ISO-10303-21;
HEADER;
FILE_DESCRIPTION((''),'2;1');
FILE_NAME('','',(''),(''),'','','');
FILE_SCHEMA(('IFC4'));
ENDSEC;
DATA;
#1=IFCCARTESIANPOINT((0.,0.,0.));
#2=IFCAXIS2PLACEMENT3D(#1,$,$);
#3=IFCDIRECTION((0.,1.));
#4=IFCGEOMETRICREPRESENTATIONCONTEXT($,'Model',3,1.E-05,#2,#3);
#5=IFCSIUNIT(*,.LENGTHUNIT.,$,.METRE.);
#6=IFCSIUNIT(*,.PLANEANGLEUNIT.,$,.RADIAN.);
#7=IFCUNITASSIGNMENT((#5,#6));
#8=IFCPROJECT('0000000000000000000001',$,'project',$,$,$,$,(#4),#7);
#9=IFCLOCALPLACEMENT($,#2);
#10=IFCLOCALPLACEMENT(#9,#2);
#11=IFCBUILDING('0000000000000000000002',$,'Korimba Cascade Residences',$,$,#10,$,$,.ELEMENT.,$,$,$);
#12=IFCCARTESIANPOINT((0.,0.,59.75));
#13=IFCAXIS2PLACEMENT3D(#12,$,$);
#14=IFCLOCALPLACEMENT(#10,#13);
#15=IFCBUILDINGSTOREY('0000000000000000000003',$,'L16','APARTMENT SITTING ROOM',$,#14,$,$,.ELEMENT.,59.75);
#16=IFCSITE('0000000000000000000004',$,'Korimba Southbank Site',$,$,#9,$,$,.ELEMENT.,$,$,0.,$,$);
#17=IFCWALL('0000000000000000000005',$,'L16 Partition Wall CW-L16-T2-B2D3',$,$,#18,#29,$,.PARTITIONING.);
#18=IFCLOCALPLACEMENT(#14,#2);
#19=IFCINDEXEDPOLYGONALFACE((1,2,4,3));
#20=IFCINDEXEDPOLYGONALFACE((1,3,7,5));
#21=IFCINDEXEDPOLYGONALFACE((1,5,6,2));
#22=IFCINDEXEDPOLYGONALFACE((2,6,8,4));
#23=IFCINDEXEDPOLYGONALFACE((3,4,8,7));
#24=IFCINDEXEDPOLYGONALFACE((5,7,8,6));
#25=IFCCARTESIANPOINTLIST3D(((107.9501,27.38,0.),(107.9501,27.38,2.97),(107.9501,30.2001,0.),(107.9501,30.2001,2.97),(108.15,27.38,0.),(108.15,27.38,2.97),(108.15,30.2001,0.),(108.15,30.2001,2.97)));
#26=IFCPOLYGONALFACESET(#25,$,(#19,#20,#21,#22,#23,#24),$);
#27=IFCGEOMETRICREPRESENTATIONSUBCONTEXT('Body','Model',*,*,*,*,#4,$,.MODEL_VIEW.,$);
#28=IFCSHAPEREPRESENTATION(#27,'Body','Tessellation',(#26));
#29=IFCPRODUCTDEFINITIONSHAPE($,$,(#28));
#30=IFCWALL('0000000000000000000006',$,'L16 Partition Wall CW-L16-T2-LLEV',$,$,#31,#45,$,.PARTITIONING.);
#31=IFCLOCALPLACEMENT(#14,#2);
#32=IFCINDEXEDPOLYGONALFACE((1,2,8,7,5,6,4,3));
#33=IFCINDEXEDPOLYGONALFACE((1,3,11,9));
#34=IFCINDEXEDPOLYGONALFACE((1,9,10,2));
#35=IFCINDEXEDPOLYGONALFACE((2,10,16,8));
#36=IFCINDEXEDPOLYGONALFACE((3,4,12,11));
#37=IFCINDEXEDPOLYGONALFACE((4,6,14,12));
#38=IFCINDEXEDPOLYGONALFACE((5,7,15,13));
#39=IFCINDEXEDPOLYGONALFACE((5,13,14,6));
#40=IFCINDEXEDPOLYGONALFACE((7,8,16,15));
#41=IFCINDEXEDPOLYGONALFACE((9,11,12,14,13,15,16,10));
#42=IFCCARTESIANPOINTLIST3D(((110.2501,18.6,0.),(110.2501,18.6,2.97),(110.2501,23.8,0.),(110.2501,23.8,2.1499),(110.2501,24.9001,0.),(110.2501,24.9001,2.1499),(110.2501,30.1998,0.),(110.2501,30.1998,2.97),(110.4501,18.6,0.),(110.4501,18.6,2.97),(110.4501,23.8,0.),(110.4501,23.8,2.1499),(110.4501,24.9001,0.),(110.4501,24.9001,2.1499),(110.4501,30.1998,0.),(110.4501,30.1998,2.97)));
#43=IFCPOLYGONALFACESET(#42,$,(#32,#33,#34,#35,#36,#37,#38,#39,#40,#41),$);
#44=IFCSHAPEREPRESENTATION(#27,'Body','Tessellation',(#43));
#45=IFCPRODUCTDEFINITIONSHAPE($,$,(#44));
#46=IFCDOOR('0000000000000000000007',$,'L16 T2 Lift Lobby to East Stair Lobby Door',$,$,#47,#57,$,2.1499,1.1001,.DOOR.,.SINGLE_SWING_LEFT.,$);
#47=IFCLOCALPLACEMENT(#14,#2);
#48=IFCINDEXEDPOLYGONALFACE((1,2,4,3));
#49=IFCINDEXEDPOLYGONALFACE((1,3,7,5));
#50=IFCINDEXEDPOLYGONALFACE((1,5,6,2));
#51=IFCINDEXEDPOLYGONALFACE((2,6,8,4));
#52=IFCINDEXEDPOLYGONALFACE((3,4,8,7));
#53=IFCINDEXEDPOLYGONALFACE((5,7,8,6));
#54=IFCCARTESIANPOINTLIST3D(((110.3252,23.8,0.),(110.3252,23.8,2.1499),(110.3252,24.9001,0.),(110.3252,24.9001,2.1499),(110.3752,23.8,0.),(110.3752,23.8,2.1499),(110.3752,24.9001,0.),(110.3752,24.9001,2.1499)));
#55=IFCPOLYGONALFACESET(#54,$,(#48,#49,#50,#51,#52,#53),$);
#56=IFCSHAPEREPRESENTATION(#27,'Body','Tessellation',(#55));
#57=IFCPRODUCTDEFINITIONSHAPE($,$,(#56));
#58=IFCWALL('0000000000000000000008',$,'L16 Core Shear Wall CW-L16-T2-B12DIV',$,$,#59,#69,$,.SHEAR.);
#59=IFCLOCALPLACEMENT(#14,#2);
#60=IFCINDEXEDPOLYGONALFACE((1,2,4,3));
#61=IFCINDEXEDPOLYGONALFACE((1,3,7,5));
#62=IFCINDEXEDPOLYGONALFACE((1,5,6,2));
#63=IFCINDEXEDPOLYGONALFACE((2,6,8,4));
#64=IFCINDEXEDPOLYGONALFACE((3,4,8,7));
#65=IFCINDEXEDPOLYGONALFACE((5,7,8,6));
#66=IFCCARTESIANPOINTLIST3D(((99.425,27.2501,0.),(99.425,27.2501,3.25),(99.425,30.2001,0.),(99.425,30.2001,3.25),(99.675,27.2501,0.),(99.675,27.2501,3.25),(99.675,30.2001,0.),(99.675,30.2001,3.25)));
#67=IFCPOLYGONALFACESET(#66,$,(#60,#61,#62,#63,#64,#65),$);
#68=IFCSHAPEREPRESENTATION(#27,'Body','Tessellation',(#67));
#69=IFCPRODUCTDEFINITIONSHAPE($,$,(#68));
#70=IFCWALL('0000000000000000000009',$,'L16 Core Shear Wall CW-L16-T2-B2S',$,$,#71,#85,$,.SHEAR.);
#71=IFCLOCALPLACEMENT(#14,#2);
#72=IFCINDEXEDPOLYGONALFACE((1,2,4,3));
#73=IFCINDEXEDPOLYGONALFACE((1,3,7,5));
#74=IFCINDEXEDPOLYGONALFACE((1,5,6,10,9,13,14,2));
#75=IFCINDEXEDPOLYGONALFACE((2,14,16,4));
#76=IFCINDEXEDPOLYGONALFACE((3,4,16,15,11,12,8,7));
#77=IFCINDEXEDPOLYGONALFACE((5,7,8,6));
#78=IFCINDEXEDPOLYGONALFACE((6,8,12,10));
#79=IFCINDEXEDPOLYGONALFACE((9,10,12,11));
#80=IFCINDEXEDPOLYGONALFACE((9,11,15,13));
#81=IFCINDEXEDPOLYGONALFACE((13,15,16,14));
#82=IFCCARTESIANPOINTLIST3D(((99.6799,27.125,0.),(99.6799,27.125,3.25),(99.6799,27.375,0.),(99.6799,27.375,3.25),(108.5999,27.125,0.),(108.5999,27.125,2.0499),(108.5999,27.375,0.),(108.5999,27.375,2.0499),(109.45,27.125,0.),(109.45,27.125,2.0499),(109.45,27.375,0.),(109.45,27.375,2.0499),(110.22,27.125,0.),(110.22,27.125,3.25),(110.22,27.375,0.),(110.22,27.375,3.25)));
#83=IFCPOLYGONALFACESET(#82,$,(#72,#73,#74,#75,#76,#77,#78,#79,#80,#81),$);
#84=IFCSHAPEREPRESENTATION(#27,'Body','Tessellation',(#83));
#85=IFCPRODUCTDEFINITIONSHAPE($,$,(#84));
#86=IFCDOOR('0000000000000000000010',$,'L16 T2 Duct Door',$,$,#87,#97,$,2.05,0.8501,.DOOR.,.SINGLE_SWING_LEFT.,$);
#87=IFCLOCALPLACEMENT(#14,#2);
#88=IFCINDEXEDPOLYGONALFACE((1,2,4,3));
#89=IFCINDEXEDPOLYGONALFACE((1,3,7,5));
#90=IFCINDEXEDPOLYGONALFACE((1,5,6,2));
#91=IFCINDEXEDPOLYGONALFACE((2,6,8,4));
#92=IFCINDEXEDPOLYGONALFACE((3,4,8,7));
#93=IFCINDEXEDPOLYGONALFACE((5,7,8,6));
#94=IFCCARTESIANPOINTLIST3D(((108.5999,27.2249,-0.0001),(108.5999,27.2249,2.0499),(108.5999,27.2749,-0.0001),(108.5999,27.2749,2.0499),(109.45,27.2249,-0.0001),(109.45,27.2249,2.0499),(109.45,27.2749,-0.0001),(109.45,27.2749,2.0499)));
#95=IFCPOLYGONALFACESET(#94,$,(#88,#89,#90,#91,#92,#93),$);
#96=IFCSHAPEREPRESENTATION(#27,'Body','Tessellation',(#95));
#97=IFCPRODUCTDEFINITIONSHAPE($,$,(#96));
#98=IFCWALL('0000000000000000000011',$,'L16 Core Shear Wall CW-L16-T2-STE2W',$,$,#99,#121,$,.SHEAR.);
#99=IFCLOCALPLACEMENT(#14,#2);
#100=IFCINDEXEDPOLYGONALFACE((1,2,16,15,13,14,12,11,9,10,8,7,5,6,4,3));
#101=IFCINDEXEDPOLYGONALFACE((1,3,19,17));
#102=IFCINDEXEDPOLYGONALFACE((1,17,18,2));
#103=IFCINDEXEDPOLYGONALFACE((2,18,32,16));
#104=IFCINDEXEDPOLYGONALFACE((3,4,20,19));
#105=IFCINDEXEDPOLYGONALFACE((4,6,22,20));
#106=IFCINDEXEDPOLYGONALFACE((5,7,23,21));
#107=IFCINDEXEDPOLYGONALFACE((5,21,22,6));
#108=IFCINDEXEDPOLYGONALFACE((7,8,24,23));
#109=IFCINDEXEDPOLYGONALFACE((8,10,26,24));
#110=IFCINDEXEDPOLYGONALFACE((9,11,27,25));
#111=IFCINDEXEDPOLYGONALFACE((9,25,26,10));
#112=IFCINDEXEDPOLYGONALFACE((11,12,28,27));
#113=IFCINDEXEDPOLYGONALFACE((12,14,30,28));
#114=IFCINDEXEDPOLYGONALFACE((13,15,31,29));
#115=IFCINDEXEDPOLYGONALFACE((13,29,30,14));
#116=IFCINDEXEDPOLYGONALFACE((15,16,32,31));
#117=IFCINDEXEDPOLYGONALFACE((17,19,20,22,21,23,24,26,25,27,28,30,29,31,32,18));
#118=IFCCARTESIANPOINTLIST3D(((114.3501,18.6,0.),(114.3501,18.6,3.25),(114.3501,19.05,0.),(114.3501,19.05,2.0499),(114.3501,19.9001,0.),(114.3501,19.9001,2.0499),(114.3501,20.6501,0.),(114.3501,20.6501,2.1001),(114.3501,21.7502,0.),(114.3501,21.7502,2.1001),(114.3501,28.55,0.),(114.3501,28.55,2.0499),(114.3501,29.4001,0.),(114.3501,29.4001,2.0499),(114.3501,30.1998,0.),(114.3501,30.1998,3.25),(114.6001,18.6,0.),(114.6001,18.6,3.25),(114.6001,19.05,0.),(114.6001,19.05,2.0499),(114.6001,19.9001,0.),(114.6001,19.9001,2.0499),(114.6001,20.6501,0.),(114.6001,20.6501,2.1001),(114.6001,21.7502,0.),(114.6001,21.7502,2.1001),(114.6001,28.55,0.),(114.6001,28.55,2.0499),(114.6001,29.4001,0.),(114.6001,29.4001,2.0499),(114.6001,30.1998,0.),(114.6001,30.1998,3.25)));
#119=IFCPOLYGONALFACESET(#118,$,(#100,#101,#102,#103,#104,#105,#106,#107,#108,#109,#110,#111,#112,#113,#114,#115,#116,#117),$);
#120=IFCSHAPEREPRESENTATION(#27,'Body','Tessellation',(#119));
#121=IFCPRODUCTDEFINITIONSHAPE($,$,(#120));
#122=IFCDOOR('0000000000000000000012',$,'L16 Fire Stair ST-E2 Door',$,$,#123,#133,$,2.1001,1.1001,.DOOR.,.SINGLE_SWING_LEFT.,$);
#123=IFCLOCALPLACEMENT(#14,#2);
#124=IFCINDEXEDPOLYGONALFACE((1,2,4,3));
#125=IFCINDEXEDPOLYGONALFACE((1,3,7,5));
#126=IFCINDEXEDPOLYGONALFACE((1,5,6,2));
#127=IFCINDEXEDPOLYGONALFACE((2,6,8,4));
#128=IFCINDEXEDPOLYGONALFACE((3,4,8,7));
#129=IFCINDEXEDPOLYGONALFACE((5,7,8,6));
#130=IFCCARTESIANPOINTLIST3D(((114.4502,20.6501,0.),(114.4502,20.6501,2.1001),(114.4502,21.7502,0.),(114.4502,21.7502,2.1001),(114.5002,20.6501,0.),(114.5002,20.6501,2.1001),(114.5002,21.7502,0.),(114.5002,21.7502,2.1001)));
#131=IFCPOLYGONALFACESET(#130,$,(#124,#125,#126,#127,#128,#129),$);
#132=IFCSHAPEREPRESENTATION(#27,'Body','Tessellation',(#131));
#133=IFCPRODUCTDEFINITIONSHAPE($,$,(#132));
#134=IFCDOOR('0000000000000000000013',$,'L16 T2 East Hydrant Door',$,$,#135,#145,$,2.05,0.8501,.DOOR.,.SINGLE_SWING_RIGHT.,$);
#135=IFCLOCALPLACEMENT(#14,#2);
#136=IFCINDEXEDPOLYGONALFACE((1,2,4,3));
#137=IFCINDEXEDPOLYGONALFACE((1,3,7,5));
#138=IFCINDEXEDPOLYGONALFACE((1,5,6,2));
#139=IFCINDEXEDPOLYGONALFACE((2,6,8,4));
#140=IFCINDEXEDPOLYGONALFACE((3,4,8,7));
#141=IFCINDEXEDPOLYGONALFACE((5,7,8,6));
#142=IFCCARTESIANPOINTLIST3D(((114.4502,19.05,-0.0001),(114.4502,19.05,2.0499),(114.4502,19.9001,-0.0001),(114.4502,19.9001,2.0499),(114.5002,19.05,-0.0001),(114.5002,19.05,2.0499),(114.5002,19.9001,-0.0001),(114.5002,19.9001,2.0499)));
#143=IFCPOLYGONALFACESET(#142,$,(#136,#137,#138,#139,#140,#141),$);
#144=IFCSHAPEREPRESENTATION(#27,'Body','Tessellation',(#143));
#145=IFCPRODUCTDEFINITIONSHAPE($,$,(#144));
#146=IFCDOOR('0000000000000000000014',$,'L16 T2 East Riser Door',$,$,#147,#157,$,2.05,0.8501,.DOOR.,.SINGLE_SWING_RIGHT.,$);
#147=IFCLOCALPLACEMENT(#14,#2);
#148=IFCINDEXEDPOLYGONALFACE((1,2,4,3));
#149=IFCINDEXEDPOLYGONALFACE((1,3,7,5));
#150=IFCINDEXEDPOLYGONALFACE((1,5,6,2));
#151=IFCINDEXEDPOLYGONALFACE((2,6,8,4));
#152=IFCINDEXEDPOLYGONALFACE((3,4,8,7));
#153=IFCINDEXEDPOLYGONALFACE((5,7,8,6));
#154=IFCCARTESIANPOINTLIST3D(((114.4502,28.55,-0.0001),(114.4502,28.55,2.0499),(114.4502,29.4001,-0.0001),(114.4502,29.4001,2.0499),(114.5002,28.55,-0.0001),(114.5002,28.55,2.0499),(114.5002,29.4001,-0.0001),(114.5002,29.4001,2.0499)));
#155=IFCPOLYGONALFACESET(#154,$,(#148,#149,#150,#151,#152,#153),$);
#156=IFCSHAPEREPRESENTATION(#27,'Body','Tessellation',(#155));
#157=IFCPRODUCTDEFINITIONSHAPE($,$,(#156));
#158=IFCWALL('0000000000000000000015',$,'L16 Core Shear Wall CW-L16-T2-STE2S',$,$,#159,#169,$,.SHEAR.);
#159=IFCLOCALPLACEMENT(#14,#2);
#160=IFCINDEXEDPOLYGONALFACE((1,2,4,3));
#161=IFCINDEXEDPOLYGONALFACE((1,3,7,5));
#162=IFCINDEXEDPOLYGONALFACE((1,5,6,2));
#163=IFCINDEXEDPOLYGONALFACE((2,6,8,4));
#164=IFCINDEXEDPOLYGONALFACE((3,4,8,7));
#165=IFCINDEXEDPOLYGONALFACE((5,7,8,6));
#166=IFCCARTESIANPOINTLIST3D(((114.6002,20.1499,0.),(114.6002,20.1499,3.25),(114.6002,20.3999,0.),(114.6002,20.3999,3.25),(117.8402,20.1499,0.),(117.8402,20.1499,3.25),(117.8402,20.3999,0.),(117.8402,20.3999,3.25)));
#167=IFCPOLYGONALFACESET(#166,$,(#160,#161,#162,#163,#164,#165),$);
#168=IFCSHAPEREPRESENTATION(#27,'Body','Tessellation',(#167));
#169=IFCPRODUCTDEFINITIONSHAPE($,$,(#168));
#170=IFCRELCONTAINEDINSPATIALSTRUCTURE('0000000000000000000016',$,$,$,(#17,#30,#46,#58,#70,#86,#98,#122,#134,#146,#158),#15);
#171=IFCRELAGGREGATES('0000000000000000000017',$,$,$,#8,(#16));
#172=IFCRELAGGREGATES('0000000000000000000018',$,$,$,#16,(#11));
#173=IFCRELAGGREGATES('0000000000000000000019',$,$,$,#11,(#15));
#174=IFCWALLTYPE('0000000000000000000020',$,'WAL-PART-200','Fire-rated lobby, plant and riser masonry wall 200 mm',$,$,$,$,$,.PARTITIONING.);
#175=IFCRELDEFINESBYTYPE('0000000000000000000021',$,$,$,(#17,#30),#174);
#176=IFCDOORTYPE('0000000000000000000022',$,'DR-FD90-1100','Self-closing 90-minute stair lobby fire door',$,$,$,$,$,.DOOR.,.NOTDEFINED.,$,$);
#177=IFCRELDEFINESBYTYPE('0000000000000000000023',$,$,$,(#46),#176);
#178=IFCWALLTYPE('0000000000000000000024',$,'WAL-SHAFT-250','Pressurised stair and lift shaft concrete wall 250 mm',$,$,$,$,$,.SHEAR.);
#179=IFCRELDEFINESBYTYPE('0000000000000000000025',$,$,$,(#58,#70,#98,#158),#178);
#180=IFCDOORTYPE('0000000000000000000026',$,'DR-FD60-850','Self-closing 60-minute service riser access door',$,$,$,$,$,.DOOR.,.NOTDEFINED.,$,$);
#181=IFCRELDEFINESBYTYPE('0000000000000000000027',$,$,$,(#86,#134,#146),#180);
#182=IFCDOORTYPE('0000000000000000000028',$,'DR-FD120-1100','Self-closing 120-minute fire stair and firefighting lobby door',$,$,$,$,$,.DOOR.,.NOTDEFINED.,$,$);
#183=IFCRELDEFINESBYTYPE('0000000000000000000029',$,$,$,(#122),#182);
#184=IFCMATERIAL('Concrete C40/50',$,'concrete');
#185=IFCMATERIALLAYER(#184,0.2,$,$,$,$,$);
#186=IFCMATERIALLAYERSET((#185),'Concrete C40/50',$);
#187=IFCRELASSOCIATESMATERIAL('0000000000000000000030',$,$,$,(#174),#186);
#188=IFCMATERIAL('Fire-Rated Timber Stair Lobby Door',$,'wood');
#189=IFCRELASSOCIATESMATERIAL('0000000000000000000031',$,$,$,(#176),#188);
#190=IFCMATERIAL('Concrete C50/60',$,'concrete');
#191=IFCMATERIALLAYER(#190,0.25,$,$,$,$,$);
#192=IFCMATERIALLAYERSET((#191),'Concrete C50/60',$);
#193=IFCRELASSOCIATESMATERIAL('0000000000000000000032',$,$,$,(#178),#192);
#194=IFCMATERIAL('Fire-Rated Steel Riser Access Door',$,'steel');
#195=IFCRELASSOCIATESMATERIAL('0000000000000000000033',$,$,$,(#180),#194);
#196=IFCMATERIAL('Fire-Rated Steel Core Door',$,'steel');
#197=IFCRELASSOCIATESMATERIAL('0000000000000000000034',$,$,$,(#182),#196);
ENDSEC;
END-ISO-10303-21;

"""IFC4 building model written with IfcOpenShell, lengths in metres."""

from ifc_helpers import new_model, si_unit, direction, frame, frame_2d, origin, place, context, subcontext, project, spatial, rectangle, extrude, material, layer, layer_set, type_object, element, fill, save


model = new_model("IFC4")

# Units and contexts
model_context = context("Model", 3, precision=1e-05, world=origin(), true_north=direction((0.0, 1.0)))
body_context = subcontext(model_context, "Body", "Model", "MODEL_VIEW")
ifc_project = project(units=[si_unit("LENGTHUNIT", "METRE"), si_unit("PLANEANGLEUNIT", "RADIAN")], contexts=[model_context])

# Site, building, storey
site_placement = place(None, origin())
site = spatial("IfcSite", under=ifc_project, at=site_placement, Name="Korimba Southbank Site", CompositionType="ELEMENT", RefElevation=0.0)
building_placement = place(site_placement, origin())
building = spatial("IfcBuilding", under=site, at=building_placement, Name="Korimba Cascade Residences", CompositionType="ELEMENT")
storey_placement = place(building_placement, frame((0.0, 0.0, 59.75)))
storey = spatial("IfcBuildingStorey", under=building, at=storey_placement, Name="L16", Description="APARTMENT SITTING ROOM", CompositionType="ELEMENT", Elevation=59.75)

# Shared definitions
ifc_material_1 = material(Name="Concrete C50/60", Category="concrete")

# Wall
ifc_material_2 = material(Name="Concrete C40/50", Category="concrete")
ifc_layer_1 = layer(ifc_material_2, 0.2)
ifc_layer_set_1 = layer_set([ifc_layer_1], Name="Concrete C40/50")
wall_type_1 = type_object("IfcWallType", Name="WAL-PART-200", Description="Fire-rated lobby, plant and riser masonry wall 200 mm", PredefinedType="PARTITIONING", material=ifc_layer_set_1)
for number, where, z_axis, x_axis, name in (
    (1, (108.05, 27.3799, 0.0), (0.0, 0.0, 1.0), (0.0, 1.0, 0.0), "L16 Partition Wall CW-L16-T2-B2D3"),
):
    element("IfcWall", number, at=place(storey_placement, frame(where, z_axis=z_axis, x_axis=x_axis)), inside=storey, type_object=wall_type_1, Name=name, PredefinedType="PARTITIONING", context=body_context, shape_type="SweptSolid", body=[
        extrude(rectangle(XDim=2.8201, YDim=0.2, at=frame_2d((1.4102, 0.0))), origin(), (0.0, 0.0, 1.0), 2.97),
    ])

# Wall, opening, door
wall_1_placement = place(storey_placement, frame((110.3501, 18.6001, 0.0), z_axis=(0.0, 0.0, 1.0), x_axis=(0.0, 1.0, 0.0)))
wall_1 = element("IfcWall", 2, at=wall_1_placement, inside=storey, type_object=wall_type_1, Name="L16 Partition Wall CW-L16-T2-LLEV", PredefinedType="PARTITIONING", context=body_context, shape_type="SweptSolid", body=[
    extrude(rectangle(XDim=11.5999, YDim=0.2, at=frame_2d((5.7998, 0.0))), origin(), (0.0, 0.0, 1.0), 2.97),
])
opening_1_placement = place(wall_1_placement, frame((5.2, 0.0, 0.0)))
opening_1 = element("IfcOpeningElement", 3, at=opening_1_placement, cuts=wall_1, PredefinedType="OPENING", context=body_context, shape_type="SweptSolid", body=[
    extrude(rectangle(XDim=1.1001, YDim=2.1499, at=frame_2d((0.55, 1.075))), frame((0.0, 0.1099, 0.0), z_axis=(0.0, -1.0, 0.0), x_axis=(1.0, 0.0, 0.0)), (0.0, 0.0, 1.0), 0.22),
])
ifc_material_3 = material(Name="Fire-Rated Timber Stair Lobby Door", Category="wood")
door_type_1 = type_object("IfcDoorType", Name="DR-FD90-1100", Description="Self-closing 90-minute stair lobby fire door", OperationType="NOTDEFINED", PredefinedType="DOOR", material=ifc_material_3)
door_1_placement = place(opening_1_placement, origin())
door_1 = element("IfcDoor", 4, at=door_1_placement, inside=storey, type_object=door_type_1, Name="L16 T2 Lift Lobby to East Stair Lobby Door", OperationType="SINGLE_SWING_LEFT", OverallHeight=2.1499, OverallWidth=1.1001, PredefinedType="DOOR", context=body_context, shape_type="SweptSolid", body=[
    extrude(rectangle(XDim=1.1001, YDim=2.1499, at=frame_2d((0.55, 1.075))), frame((0.0, 0.0249, 0.0), z_axis=(0.0, -1.0, 0.0), x_axis=(1.0, 0.0, 0.0)), (0.0, 0.0, 1.0), 0.05),
])
fill(opening_1, door_1)

# Wall
ifc_layer_2 = layer(ifc_material_1, 0.25)
ifc_layer_set_2 = layer_set([ifc_layer_2], Name="Concrete C50/60")
wall_type_2 = type_object("IfcWallType", Name="WAL-SHAFT-250", Description="Pressurised stair and lift shaft concrete wall 250 mm", PredefinedType="SHEAR", material=ifc_layer_set_2)
wall_2_placement = place(storey_placement, frame((99.55, 27.25, 0.0), z_axis=(0.0, 0.0, 1.0), x_axis=(0.0, 1.0, 0.0)))
element("IfcWall", 5, at=wall_2_placement, inside=storey, type_object=wall_type_2, Name="L16 Core Shear Wall CW-L16-T2-B12DIV", PredefinedType="SHEAR", context=body_context, shape_type="SweptSolid", body=[
    extrude(rectangle(XDim=2.95, YDim=0.25, at=frame_2d((1.4751, 0.0))), origin(), (0.0, 0.0, 1.0), 3.25),
])

# Wall, opening, door
wall_3_placement = place(storey_placement, frame((99.6799, 27.25, 0.0), z_axis=(0.0, 0.0, 1.0), x_axis=(1.0, 0.0, 0.0)))
wall_3 = element("IfcWall", 6, at=wall_3_placement, inside=storey, type_object=wall_type_2, Name="L16 Core Shear Wall CW-L16-T2-B2S", PredefinedType="SHEAR", context=body_context, shape_type="SweptSolid", body=[
    extrude(rectangle(XDim=10.54, YDim=0.25, at=frame_2d((5.27, 0.0))), origin(), (0.0, 0.0, 1.0), 3.25),
])
opening_2_placement = place(wall_3_placement, frame((8.9199, 0.0, 0.0)))
opening_2 = element("IfcOpeningElement", 7, at=opening_2_placement, cuts=wall_3, PredefinedType="OPENING", context=body_context, shape_type="SweptSolid", body=[
    extrude(rectangle(XDim=0.8501, YDim=2.05, at=frame_2d((0.425, 1.0249))), frame((0.0, 0.135, 0.0), z_axis=(0.0, -1.0, 0.0), x_axis=(1.0, 0.0, 0.0)), (0.0, 0.0, 1.0), 0.27),
])
ifc_material_4 = material(Name="Fire-Rated Steel Riser Access Door", Category="steel")
door_type_2 = type_object("IfcDoorType", Name="DR-FD60-850", Description="Self-closing 60-minute service riser access door", OperationType="NOTDEFINED", PredefinedType="DOOR", material=ifc_material_4)
door_2_placement = place(opening_2_placement, origin())
door_2 = element("IfcDoor", 8, at=door_2_placement, inside=storey, type_object=door_type_2, Name="L16 T2 Duct Door", OperationType="SINGLE_SWING_LEFT", OverallHeight=2.05, OverallWidth=0.8501, PredefinedType="DOOR", context=body_context, shape_type="SweptSolid", body=[
    extrude(rectangle(XDim=0.8501, YDim=2.05, at=frame_2d((0.425, 1.0249))), frame((0.0, 0.0249, 0.0), z_axis=(0.0, -1.0, 0.0), x_axis=(1.0, 0.0, 0.0)), (0.0, 0.0, 1.0), 0.05),
])
fill(opening_2, door_2)

# Wall, openings, doors
wall_4_placement = place(storey_placement, frame((114.4751, 18.6001, 0.0), z_axis=(0.0, 0.0, 1.0), x_axis=(0.0, 1.0, 0.0)))
wall_4 = element("IfcWall", 9, at=wall_4_placement, inside=storey, type_object=wall_type_2, Name="L16 Core Shear Wall CW-L16-T2-STE2W", PredefinedType="SHEAR", context=body_context, shape_type="SweptSolid", body=[
    extrude(rectangle(XDim=11.5999, YDim=0.25, at=frame_2d((5.7998, 0.0))), origin(), (0.0, 0.0, 1.0), 3.25),
])
opening_3_placement = place(wall_4_placement, frame((0.45, 0.0, 0.0)))
opening_3 = element("IfcOpeningElement", 10, at=opening_3_placement, cuts=wall_4, PredefinedType="OPENING", context=body_context, shape_type="SweptSolid", body=[
    extrude(rectangle(XDim=0.8501, YDim=2.05, at=frame_2d((0.425, 1.0249))), frame((0.0, 0.135, 0.0), z_axis=(0.0, -1.0, 0.0), x_axis=(1.0, 0.0, 0.0)), (0.0, 0.0, 1.0), 0.27),
])
opening_4_placement = place(wall_4_placement, frame((2.05, 0.0, 0.0)))
opening_4 = element("IfcOpeningElement", 11, at=opening_4_placement, cuts=wall_4, PredefinedType="OPENING", context=body_context, shape_type="SweptSolid", body=[
    extrude(rectangle(XDim=1.1001, YDim=2.1001, at=frame_2d((0.55, 1.05))), frame((0.0, 0.135, 0.0), z_axis=(0.0, -1.0, 0.0), x_axis=(1.0, 0.0, 0.0)), (0.0, 0.0, 1.0), 0.27),
])
opening_5_placement = place(wall_4_placement, frame((9.95, 0.0, 0.0)))
opening_5 = element("IfcOpeningElement", 12, at=opening_5_placement, cuts=wall_4, PredefinedType="OPENING", context=body_context, shape_type="SweptSolid", body=[
    extrude(rectangle(XDim=0.8501, YDim=2.05, at=frame_2d((0.425, 1.0249))), frame((0.0, 0.135, 0.0), z_axis=(0.0, -1.0, 0.0), x_axis=(1.0, 0.0, 0.0)), (0.0, 0.0, 1.0), 0.27),
])
ifc_material_5 = material(Name="Fire-Rated Steel Core Door", Category="steel")
door_type_3 = type_object("IfcDoorType", Name="DR-FD120-1100", Description="Self-closing 120-minute fire stair and firefighting lobby door", OperationType="NOTDEFINED", PredefinedType="DOOR", material=ifc_material_5)
door_3_placement = place(opening_4_placement, origin())
door_3 = element("IfcDoor", 13, at=door_3_placement, inside=storey, type_object=door_type_3, Name="L16 Fire Stair ST-E2 Door", OperationType="SINGLE_SWING_LEFT", OverallHeight=2.1001, OverallWidth=1.1001, PredefinedType="DOOR", context=body_context, shape_type="SweptSolid", body=[
    extrude(rectangle(XDim=1.1001, YDim=2.1001, at=frame_2d((0.55, 1.05))), frame((0.0, 0.0249, 0.0), z_axis=(0.0, -1.0, 0.0), x_axis=(1.0, 0.0, 0.0)), (0.0, 0.0, 1.0), 0.05),
])
fill(opening_4, door_3)
door_4_placement = place(opening_3_placement, origin())
door_4 = element("IfcDoor", 14, at=door_4_placement, inside=storey, type_object=door_type_2, Name="L16 T2 East Hydrant Door", OperationType="SINGLE_SWING_RIGHT", OverallHeight=2.05, OverallWidth=0.8501, PredefinedType="DOOR", context=body_context, shape_type="SweptSolid", body=[
    extrude(rectangle(XDim=0.8501, YDim=2.05, at=frame_2d((0.425, 1.0249))), frame((0.0, 0.0249, 0.0), z_axis=(0.0, -1.0, 0.0), x_axis=(1.0, 0.0, 0.0)), (0.0, 0.0, 1.0), 0.05),
])
fill(opening_3, door_4)
door_5_placement = place(opening_5_placement, origin())
door_5 = element("IfcDoor", 15, at=door_5_placement, inside=storey, type_object=door_type_2, Name="L16 T2 East Riser Door", OperationType="SINGLE_SWING_RIGHT", OverallHeight=2.05, OverallWidth=0.8501, PredefinedType="DOOR", context=body_context, shape_type="SweptSolid", body=[
    extrude(rectangle(XDim=0.8501, YDim=2.05, at=frame_2d((0.425, 1.0249))), frame((0.0, 0.0249, 0.0), z_axis=(0.0, -1.0, 0.0), x_axis=(1.0, 0.0, 0.0)), (0.0, 0.0, 1.0), 0.05),
])
fill(opening_5, door_5)

# Wall
for number, where, z_axis, x_axis, name in (
    (16, (114.6001, 20.2749, 0.0), (0.0, 0.0, 1.0), (1.0, 0.0, 0.0), "L16 Core Shear Wall CW-L16-T2-STE2S"),
):
    element("IfcWall", number, at=place(storey_placement, frame(where, z_axis=z_axis, x_axis=x_axis)), inside=storey, type_object=wall_type_2, Name=name, PredefinedType="SHEAR", context=body_context, shape_type="SweptSolid", body=[
        extrude(rectangle(XDim=3.24, YDim=0.25, at=frame_2d((1.6201, 0.0))), origin(), (0.0, 0.0, 1.0), 3.25),
    ])

save(model, "model.ifc")
